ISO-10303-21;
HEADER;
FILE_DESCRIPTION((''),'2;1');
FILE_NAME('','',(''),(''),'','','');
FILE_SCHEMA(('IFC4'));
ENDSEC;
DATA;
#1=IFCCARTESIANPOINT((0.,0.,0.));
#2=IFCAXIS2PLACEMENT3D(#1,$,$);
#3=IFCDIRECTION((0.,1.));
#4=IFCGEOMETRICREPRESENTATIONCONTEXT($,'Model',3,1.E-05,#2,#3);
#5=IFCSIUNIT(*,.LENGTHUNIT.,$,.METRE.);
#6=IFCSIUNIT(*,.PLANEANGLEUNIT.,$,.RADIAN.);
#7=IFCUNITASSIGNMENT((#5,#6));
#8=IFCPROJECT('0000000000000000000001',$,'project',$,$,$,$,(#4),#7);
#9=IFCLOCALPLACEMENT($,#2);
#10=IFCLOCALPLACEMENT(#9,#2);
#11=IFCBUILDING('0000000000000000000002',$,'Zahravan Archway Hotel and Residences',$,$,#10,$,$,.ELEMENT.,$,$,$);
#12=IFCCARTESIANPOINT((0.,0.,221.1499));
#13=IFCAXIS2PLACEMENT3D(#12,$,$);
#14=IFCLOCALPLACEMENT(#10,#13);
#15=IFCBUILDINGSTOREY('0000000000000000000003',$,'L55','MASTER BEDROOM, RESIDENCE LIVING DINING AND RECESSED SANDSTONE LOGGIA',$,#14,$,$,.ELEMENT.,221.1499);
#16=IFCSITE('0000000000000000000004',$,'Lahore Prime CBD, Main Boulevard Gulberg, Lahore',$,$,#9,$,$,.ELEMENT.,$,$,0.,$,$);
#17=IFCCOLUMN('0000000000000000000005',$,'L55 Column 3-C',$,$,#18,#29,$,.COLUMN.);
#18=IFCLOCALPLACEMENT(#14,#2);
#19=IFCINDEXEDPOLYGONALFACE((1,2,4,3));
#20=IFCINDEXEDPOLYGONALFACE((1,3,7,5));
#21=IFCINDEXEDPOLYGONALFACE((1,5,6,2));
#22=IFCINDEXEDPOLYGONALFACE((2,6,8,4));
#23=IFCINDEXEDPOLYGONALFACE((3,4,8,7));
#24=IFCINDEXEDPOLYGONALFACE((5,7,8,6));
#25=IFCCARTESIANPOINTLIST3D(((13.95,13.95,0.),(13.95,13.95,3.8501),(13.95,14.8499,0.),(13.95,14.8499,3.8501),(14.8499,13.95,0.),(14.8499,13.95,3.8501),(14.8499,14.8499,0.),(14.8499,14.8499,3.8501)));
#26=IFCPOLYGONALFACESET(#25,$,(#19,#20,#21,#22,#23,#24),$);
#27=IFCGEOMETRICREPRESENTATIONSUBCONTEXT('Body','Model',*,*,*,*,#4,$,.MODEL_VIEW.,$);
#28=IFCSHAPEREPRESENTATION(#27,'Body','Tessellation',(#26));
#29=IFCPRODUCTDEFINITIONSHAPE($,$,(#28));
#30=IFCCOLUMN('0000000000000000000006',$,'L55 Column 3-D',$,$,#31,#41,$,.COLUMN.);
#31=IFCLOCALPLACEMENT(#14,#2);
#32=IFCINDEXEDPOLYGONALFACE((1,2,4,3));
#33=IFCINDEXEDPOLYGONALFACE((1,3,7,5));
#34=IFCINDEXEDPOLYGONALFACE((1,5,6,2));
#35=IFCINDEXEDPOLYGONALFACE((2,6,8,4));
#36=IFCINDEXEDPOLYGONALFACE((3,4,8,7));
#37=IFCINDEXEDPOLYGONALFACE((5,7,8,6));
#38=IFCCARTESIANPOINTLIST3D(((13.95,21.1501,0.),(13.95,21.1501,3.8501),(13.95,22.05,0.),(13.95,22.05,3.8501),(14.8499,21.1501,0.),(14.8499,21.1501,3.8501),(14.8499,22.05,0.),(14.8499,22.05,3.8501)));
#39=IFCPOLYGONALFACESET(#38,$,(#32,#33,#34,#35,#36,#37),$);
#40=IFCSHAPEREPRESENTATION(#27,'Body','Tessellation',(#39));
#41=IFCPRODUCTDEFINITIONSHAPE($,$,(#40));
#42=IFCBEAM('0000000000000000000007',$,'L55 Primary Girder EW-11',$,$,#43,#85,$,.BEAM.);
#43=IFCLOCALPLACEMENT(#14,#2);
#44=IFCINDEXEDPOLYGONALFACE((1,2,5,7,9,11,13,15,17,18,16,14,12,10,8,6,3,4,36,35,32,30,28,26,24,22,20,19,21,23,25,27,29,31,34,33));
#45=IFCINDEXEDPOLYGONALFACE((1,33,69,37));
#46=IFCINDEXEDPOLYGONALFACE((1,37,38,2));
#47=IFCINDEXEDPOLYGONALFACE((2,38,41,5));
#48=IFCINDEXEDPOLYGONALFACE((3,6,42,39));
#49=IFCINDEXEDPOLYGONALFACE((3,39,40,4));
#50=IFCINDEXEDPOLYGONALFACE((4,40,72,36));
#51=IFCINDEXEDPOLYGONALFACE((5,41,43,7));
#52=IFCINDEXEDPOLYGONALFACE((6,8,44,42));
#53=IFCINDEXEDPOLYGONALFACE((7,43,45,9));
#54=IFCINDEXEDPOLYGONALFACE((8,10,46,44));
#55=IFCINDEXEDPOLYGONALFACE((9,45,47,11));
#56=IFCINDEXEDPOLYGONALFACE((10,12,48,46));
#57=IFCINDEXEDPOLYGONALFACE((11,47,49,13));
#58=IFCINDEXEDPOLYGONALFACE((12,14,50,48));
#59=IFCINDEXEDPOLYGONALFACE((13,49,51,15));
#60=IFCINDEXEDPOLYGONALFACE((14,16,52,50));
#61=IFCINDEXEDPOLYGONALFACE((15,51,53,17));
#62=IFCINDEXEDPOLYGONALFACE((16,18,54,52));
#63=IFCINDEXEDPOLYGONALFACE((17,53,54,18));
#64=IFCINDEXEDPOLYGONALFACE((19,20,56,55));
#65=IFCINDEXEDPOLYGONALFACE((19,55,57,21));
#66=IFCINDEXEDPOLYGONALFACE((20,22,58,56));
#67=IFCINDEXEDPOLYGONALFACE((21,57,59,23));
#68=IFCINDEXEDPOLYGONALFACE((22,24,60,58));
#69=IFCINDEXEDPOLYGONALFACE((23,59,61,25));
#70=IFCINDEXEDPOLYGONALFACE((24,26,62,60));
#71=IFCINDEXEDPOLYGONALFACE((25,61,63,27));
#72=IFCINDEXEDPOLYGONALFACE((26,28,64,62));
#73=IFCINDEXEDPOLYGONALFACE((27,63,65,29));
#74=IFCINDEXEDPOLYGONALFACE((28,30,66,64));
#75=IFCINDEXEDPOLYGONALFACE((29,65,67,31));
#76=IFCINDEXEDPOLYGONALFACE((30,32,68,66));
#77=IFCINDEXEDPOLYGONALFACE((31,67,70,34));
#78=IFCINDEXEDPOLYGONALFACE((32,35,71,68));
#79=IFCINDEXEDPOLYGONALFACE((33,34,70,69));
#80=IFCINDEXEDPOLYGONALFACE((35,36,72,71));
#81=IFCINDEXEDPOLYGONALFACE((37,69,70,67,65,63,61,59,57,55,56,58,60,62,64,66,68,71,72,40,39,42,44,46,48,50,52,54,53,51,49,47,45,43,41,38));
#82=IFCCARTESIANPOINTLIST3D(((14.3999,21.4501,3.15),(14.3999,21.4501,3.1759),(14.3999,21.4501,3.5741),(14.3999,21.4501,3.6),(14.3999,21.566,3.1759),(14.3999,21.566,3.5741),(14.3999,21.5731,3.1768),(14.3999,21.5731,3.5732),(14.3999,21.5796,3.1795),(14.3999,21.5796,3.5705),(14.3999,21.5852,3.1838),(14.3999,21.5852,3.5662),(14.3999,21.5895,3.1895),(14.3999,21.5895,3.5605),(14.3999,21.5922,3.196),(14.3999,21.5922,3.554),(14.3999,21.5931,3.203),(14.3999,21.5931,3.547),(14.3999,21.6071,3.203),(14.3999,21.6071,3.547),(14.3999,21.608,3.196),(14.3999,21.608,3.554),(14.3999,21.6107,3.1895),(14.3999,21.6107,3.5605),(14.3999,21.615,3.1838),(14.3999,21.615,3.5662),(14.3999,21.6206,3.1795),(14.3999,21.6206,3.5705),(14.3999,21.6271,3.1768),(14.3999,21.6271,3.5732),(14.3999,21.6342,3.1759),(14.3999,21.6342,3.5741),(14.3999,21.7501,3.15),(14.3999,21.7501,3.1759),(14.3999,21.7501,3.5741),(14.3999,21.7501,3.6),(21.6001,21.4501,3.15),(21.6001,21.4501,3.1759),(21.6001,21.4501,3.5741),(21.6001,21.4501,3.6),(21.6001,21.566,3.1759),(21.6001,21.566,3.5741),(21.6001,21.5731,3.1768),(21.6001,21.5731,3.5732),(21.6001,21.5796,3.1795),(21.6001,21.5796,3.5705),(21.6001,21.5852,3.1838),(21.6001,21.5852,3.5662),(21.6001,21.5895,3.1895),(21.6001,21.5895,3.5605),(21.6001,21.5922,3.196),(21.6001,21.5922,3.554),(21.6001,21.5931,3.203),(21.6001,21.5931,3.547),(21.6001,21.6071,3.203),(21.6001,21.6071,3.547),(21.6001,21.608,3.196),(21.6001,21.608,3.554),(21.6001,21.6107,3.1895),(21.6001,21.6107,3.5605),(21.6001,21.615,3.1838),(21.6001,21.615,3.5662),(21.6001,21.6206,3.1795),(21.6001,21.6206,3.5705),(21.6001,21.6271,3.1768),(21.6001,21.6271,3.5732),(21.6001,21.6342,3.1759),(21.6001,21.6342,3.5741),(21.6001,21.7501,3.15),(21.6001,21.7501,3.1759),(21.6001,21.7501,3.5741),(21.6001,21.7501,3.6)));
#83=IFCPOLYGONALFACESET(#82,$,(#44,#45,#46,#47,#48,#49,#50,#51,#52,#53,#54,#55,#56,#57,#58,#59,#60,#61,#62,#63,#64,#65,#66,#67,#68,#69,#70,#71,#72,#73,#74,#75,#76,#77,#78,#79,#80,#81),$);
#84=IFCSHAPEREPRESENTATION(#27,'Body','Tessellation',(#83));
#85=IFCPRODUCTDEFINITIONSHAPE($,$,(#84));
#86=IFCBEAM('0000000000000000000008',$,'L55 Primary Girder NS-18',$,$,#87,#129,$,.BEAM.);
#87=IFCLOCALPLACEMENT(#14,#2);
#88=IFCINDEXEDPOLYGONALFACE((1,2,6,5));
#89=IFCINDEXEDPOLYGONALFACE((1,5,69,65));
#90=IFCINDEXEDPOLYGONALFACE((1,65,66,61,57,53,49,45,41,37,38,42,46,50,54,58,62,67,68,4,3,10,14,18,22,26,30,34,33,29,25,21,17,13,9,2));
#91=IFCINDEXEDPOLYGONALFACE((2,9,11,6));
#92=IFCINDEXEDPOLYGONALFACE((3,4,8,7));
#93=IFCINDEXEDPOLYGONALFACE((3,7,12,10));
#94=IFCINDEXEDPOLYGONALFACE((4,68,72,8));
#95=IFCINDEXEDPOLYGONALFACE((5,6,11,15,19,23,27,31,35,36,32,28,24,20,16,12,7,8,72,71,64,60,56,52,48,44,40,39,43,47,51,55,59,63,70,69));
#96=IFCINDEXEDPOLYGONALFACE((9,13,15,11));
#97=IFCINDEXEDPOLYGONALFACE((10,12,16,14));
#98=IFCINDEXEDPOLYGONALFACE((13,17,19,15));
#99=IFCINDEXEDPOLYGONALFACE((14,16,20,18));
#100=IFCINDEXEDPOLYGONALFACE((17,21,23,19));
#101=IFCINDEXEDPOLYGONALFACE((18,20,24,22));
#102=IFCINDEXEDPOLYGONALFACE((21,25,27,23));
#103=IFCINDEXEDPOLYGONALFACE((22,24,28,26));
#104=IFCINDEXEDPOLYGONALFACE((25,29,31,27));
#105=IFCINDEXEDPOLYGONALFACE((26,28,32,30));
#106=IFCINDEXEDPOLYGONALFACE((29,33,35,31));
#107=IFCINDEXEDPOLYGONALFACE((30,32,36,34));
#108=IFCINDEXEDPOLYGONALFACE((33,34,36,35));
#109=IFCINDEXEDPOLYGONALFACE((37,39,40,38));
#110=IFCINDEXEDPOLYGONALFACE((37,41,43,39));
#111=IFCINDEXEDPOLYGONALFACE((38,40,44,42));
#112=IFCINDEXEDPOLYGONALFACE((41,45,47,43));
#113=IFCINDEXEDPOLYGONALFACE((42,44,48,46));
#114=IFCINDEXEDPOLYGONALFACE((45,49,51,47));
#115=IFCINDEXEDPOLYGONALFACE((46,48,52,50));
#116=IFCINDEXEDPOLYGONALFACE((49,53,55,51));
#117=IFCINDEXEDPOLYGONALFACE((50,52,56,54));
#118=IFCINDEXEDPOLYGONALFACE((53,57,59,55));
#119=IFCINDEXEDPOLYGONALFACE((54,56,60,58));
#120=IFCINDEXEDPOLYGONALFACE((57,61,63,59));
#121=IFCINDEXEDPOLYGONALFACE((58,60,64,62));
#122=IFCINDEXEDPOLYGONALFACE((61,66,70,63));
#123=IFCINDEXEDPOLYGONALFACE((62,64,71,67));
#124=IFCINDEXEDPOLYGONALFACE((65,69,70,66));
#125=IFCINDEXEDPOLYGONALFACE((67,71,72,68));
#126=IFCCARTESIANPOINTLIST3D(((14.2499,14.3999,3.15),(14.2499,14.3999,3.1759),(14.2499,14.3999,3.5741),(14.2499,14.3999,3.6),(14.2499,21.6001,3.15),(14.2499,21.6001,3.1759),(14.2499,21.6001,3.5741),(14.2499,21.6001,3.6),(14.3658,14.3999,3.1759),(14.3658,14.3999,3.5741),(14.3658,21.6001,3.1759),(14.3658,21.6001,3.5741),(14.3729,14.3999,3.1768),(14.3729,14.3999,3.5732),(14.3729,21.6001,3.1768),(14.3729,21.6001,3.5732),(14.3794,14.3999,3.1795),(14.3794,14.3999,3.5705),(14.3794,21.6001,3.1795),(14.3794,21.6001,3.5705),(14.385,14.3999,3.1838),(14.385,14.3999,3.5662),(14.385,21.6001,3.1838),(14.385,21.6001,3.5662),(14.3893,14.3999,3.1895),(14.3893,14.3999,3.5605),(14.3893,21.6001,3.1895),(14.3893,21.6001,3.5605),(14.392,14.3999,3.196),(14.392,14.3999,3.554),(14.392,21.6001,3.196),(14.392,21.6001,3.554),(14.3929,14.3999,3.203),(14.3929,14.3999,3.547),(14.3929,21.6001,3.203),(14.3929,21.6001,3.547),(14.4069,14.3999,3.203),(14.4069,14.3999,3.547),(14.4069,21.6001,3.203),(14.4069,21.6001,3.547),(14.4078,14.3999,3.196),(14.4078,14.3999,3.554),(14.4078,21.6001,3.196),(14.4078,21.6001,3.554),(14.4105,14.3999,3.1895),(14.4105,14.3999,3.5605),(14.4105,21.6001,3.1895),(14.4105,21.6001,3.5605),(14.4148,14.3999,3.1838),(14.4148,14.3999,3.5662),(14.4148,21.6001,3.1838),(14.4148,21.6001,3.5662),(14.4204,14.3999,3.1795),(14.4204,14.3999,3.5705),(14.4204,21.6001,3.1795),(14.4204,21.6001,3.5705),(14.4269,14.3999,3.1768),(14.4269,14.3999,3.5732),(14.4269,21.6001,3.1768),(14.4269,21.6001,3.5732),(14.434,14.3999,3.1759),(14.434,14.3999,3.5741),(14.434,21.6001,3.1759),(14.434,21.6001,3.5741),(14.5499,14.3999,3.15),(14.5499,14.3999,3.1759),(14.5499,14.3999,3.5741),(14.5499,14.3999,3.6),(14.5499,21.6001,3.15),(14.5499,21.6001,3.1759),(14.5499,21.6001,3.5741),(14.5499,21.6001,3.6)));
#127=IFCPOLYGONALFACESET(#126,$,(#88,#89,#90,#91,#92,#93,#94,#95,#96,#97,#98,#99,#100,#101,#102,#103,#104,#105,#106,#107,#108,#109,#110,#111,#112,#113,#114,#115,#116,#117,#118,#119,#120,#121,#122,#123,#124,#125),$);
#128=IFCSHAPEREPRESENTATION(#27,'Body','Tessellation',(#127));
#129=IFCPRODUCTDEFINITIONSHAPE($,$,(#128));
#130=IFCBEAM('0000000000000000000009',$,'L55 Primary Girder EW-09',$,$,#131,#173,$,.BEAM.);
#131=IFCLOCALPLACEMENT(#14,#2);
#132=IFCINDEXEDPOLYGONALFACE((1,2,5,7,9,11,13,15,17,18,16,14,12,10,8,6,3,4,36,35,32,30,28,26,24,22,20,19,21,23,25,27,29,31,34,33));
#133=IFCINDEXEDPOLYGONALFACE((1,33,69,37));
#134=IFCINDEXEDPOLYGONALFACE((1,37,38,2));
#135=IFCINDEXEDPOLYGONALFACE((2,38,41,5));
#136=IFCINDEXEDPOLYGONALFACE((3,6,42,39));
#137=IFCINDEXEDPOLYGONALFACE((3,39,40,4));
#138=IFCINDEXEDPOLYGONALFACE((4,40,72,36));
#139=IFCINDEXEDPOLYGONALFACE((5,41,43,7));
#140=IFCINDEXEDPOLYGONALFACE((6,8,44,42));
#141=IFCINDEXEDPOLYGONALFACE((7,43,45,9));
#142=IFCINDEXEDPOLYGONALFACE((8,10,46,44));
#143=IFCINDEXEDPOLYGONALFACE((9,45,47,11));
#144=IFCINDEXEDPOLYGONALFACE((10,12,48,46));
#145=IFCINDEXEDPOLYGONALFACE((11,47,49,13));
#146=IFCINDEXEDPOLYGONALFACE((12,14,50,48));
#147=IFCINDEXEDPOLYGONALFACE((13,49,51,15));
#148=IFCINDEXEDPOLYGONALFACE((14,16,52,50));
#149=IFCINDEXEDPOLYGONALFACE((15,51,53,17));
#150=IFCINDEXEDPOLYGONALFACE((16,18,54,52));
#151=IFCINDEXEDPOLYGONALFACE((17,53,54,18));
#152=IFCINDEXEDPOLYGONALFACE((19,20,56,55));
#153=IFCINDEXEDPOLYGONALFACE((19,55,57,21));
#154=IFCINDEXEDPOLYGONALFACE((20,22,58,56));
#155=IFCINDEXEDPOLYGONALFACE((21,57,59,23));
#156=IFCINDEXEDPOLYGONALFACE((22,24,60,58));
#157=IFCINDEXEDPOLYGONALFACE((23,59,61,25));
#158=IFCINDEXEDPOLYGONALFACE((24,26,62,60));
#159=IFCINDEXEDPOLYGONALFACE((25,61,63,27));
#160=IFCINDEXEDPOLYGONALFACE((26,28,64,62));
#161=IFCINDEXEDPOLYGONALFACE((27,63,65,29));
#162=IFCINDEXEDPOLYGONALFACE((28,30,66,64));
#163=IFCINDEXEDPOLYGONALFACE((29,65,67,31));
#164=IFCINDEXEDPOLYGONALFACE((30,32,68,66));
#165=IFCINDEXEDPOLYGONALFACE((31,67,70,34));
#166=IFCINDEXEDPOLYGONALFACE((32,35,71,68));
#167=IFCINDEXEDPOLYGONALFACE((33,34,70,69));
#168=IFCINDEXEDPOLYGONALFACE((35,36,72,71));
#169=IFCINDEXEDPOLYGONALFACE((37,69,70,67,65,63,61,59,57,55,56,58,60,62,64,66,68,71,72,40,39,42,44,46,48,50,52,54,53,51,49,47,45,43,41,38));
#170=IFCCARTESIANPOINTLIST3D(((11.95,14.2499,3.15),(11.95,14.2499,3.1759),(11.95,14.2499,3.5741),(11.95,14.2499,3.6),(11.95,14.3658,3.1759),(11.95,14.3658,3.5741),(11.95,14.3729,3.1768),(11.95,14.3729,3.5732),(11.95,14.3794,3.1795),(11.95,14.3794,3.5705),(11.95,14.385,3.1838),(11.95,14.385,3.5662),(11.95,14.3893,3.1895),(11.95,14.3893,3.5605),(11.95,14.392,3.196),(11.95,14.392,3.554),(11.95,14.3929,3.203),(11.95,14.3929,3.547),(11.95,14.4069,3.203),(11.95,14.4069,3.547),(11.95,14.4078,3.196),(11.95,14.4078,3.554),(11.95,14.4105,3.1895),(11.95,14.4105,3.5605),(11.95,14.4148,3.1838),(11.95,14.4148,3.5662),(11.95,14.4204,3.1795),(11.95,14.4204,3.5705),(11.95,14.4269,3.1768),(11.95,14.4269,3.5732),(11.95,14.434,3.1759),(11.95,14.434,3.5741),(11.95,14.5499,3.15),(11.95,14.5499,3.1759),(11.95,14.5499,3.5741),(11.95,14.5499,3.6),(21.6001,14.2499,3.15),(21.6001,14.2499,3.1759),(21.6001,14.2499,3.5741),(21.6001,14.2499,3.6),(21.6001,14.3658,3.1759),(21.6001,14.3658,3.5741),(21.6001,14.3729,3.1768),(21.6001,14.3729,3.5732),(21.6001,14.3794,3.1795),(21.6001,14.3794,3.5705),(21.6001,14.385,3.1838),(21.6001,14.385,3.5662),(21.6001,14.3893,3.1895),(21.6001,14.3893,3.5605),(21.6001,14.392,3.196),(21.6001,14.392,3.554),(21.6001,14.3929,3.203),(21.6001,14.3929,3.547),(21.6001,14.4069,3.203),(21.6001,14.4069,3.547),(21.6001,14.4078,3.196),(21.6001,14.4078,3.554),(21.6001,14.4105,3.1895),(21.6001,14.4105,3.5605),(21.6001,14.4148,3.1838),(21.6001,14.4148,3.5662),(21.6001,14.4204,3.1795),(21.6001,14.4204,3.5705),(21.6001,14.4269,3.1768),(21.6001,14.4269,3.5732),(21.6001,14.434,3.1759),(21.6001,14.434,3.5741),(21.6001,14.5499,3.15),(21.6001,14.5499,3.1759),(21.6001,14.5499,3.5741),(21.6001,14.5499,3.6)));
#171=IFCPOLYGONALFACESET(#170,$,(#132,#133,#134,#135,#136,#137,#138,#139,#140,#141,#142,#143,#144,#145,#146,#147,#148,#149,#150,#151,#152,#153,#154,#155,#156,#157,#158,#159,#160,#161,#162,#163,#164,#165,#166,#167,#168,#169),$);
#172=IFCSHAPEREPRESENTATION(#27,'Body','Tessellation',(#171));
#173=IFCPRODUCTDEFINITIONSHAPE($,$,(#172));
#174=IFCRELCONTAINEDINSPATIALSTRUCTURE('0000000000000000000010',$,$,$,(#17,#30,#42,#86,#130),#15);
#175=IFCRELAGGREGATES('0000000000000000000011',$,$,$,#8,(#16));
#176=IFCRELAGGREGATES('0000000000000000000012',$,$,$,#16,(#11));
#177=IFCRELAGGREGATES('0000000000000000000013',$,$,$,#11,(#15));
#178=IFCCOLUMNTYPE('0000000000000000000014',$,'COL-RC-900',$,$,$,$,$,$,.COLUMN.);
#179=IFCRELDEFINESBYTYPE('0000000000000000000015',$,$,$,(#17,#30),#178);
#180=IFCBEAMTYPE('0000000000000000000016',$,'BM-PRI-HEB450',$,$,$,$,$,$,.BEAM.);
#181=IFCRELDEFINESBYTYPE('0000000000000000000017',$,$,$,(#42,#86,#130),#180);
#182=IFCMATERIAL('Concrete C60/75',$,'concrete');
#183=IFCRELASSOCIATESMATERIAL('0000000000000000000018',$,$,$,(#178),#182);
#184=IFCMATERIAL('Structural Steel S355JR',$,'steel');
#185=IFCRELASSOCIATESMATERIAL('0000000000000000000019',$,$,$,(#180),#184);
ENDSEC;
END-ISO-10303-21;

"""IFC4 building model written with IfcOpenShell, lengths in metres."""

from ifc_helpers import new_model, si_unit, direction, frame, origin, origin_2d, place, context, subcontext, project, spatial, rectangle, i_section, extrude, source, transform, mapped, material, material_profile, profile_set, type_object, type_shapes, element, save


model = new_model("IFC4")

# Units and contexts
model_context = context("Model", 3, precision=1e-05, world=origin(), true_north=direction((0.0, 1.0)))
body_context = subcontext(model_context, "Body", "Model", "MODEL_VIEW")
ifc_project = project(units=[si_unit("LENGTHUNIT", "METRE"), si_unit("PLANEANGLEUNIT", "RADIAN")], contexts=[model_context])

# Site, building, storey
site_placement = place(None, origin())
site = spatial("IfcSite", under=ifc_project, at=site_placement, Name="Lahore Prime CBD, Main Boulevard Gulberg, Lahore", CompositionType="ELEMENT", RefElevation=0.0)
building_placement = place(site_placement, origin())
building = spatial("IfcBuilding", under=site, at=building_placement, Name="Zahravan Archway Hotel and Residences", CompositionType="ELEMENT")
storey_placement = place(building_placement, frame((0.0, 0.0, 221.1499)))
storey = spatial("IfcBuildingStorey", under=building, at=storey_placement, Name="L55", Description="MASTER BEDROOM, RESIDENCE LIVING DINING AND RECESSED SANDSTONE LOGGIA", CompositionType="ELEMENT", Elevation=221.1499)

# Columns
ifc_material_1 = material(Name="Concrete C60/75", Category="concrete")
ifc_material_profile_1 = material_profile(ifc_material_1, rectangle(XDim=0.8999, YDim=0.8999, at=origin_2d()), Name="RC-COL-900x900", Category="concrete")
ifc_profile_set_1 = profile_set([ifc_material_profile_1], Name="Concrete C60/75")
column_type = type_object("IfcColumnType", Name="COL-RC-900", PredefinedType="COLUMN", material=ifc_profile_set_1)
shared_shape_1 = source(origin(), body_context, "Body", "SweptSolid", [
    extrude(rectangle(XDim=0.8999, YDim=0.8999, at=origin_2d()), origin(), (0.0, 0.0, 1.0), 3.8501),
])
type_shapes(column_type, [shared_shape_1])
for number, where, z_axis, x_axis, name in (
    (1, (14.3999, 14.3999, 0.0), (0.0, 0.0, 1.0), (1.0, 0.0, 0.0), "L55 Column 3-C"),
    (2, (14.3999, 21.6001, 0.0), (0.0, 0.0, 1.0), (1.0, 0.0, 0.0), "L55 Column 3-D"),
):
    element("IfcColumn", number, at=place(storey_placement, frame(where, z_axis=z_axis, x_axis=x_axis)), inside=storey, type_object=column_type, Name=name, PredefinedType="COLUMN", context=body_context, shape_type="MappedRepresentation", body=[
        mapped(shared_shape_1, transform((0.0, 0.0, 0.0), scale=1.0)),
    ])

# Beams
ifc_material_2 = material(Name="Structural Steel S355JR", Category="steel")
ifc_material_profile_2 = material_profile(ifc_material_2, i_section(OverallWidth=0.3, OverallDepth=0.45, WebThickness=0.0139, FlangeThickness=0.0259, FilletRadius=0.0271, at=origin_2d()), Name="HEB 450", Category="steel")
ifc_profile_set_2 = profile_set([ifc_material_profile_2], Name="Structural Steel S355JR")
beam_type_1 = type_object("IfcBeamType", Name="BM-PRI-HEB450", PredefinedType="BEAM", material=ifc_profile_set_2)
shared_shape_2 = source(origin(), body_context, "Body", "SweptSolid", [
    extrude(i_section(OverallWidth=0.3, OverallDepth=0.45, WebThickness=0.0139, FlangeThickness=0.0259, FilletRadius=0.0271, at=origin_2d()), origin(), (0.0, 0.0, 1.0), 7.2002),
])
type_shapes(beam_type_1, [shared_shape_2])
for number, where, z_axis, x_axis, name in (
    (3, (14.3999, 21.6001, 3.375), (1.0, 0.0, 0.0), (0.0, 1.0, 0.0), "L55 Primary Girder EW-11"),
    (4, (14.3999, 14.3999, 3.375), (0.0, 1.0, 0.0), (-1.0, 0.0, 0.0), "L55 Primary Girder NS-18"),
):
    element("IfcBeam", number, at=place(storey_placement, frame(where, z_axis=z_axis, x_axis=x_axis)), inside=storey, type_object=beam_type_1, Name=name, PredefinedType="BEAM", context=body_context, shape_type="MappedRepresentation", body=[
        mapped(shared_shape_2, transform((0.0, 0.0, 0.0), scale=1.0)),
    ])
shared_shape_3 = source(origin(), body_context, "Body", "SweptSolid", [
    extrude(i_section(OverallWidth=0.3, OverallDepth=0.45, WebThickness=0.0139, FlangeThickness=0.0259, FilletRadius=0.0271, at=origin_2d()), origin(), (0.0, 0.0, 1.0), 9.6501),
])
beam_1_placement = place(storey_placement, frame((11.95, 14.3999, 3.375), z_axis=(1.0, 0.0, 0.0), x_axis=(0.0, 1.0, 0.0)))
element("IfcBeam", 5, at=beam_1_placement, inside=storey, type_object=beam_type_1, Name="L55 Primary Girder EW-09", PredefinedType="BEAM", context=body_context, shape_type="MappedRepresentation", body=[
    mapped(shared_shape_3, transform((0.0, 0.0, 0.0), scale=1.0)),
])

save(model, "model.ifc")
